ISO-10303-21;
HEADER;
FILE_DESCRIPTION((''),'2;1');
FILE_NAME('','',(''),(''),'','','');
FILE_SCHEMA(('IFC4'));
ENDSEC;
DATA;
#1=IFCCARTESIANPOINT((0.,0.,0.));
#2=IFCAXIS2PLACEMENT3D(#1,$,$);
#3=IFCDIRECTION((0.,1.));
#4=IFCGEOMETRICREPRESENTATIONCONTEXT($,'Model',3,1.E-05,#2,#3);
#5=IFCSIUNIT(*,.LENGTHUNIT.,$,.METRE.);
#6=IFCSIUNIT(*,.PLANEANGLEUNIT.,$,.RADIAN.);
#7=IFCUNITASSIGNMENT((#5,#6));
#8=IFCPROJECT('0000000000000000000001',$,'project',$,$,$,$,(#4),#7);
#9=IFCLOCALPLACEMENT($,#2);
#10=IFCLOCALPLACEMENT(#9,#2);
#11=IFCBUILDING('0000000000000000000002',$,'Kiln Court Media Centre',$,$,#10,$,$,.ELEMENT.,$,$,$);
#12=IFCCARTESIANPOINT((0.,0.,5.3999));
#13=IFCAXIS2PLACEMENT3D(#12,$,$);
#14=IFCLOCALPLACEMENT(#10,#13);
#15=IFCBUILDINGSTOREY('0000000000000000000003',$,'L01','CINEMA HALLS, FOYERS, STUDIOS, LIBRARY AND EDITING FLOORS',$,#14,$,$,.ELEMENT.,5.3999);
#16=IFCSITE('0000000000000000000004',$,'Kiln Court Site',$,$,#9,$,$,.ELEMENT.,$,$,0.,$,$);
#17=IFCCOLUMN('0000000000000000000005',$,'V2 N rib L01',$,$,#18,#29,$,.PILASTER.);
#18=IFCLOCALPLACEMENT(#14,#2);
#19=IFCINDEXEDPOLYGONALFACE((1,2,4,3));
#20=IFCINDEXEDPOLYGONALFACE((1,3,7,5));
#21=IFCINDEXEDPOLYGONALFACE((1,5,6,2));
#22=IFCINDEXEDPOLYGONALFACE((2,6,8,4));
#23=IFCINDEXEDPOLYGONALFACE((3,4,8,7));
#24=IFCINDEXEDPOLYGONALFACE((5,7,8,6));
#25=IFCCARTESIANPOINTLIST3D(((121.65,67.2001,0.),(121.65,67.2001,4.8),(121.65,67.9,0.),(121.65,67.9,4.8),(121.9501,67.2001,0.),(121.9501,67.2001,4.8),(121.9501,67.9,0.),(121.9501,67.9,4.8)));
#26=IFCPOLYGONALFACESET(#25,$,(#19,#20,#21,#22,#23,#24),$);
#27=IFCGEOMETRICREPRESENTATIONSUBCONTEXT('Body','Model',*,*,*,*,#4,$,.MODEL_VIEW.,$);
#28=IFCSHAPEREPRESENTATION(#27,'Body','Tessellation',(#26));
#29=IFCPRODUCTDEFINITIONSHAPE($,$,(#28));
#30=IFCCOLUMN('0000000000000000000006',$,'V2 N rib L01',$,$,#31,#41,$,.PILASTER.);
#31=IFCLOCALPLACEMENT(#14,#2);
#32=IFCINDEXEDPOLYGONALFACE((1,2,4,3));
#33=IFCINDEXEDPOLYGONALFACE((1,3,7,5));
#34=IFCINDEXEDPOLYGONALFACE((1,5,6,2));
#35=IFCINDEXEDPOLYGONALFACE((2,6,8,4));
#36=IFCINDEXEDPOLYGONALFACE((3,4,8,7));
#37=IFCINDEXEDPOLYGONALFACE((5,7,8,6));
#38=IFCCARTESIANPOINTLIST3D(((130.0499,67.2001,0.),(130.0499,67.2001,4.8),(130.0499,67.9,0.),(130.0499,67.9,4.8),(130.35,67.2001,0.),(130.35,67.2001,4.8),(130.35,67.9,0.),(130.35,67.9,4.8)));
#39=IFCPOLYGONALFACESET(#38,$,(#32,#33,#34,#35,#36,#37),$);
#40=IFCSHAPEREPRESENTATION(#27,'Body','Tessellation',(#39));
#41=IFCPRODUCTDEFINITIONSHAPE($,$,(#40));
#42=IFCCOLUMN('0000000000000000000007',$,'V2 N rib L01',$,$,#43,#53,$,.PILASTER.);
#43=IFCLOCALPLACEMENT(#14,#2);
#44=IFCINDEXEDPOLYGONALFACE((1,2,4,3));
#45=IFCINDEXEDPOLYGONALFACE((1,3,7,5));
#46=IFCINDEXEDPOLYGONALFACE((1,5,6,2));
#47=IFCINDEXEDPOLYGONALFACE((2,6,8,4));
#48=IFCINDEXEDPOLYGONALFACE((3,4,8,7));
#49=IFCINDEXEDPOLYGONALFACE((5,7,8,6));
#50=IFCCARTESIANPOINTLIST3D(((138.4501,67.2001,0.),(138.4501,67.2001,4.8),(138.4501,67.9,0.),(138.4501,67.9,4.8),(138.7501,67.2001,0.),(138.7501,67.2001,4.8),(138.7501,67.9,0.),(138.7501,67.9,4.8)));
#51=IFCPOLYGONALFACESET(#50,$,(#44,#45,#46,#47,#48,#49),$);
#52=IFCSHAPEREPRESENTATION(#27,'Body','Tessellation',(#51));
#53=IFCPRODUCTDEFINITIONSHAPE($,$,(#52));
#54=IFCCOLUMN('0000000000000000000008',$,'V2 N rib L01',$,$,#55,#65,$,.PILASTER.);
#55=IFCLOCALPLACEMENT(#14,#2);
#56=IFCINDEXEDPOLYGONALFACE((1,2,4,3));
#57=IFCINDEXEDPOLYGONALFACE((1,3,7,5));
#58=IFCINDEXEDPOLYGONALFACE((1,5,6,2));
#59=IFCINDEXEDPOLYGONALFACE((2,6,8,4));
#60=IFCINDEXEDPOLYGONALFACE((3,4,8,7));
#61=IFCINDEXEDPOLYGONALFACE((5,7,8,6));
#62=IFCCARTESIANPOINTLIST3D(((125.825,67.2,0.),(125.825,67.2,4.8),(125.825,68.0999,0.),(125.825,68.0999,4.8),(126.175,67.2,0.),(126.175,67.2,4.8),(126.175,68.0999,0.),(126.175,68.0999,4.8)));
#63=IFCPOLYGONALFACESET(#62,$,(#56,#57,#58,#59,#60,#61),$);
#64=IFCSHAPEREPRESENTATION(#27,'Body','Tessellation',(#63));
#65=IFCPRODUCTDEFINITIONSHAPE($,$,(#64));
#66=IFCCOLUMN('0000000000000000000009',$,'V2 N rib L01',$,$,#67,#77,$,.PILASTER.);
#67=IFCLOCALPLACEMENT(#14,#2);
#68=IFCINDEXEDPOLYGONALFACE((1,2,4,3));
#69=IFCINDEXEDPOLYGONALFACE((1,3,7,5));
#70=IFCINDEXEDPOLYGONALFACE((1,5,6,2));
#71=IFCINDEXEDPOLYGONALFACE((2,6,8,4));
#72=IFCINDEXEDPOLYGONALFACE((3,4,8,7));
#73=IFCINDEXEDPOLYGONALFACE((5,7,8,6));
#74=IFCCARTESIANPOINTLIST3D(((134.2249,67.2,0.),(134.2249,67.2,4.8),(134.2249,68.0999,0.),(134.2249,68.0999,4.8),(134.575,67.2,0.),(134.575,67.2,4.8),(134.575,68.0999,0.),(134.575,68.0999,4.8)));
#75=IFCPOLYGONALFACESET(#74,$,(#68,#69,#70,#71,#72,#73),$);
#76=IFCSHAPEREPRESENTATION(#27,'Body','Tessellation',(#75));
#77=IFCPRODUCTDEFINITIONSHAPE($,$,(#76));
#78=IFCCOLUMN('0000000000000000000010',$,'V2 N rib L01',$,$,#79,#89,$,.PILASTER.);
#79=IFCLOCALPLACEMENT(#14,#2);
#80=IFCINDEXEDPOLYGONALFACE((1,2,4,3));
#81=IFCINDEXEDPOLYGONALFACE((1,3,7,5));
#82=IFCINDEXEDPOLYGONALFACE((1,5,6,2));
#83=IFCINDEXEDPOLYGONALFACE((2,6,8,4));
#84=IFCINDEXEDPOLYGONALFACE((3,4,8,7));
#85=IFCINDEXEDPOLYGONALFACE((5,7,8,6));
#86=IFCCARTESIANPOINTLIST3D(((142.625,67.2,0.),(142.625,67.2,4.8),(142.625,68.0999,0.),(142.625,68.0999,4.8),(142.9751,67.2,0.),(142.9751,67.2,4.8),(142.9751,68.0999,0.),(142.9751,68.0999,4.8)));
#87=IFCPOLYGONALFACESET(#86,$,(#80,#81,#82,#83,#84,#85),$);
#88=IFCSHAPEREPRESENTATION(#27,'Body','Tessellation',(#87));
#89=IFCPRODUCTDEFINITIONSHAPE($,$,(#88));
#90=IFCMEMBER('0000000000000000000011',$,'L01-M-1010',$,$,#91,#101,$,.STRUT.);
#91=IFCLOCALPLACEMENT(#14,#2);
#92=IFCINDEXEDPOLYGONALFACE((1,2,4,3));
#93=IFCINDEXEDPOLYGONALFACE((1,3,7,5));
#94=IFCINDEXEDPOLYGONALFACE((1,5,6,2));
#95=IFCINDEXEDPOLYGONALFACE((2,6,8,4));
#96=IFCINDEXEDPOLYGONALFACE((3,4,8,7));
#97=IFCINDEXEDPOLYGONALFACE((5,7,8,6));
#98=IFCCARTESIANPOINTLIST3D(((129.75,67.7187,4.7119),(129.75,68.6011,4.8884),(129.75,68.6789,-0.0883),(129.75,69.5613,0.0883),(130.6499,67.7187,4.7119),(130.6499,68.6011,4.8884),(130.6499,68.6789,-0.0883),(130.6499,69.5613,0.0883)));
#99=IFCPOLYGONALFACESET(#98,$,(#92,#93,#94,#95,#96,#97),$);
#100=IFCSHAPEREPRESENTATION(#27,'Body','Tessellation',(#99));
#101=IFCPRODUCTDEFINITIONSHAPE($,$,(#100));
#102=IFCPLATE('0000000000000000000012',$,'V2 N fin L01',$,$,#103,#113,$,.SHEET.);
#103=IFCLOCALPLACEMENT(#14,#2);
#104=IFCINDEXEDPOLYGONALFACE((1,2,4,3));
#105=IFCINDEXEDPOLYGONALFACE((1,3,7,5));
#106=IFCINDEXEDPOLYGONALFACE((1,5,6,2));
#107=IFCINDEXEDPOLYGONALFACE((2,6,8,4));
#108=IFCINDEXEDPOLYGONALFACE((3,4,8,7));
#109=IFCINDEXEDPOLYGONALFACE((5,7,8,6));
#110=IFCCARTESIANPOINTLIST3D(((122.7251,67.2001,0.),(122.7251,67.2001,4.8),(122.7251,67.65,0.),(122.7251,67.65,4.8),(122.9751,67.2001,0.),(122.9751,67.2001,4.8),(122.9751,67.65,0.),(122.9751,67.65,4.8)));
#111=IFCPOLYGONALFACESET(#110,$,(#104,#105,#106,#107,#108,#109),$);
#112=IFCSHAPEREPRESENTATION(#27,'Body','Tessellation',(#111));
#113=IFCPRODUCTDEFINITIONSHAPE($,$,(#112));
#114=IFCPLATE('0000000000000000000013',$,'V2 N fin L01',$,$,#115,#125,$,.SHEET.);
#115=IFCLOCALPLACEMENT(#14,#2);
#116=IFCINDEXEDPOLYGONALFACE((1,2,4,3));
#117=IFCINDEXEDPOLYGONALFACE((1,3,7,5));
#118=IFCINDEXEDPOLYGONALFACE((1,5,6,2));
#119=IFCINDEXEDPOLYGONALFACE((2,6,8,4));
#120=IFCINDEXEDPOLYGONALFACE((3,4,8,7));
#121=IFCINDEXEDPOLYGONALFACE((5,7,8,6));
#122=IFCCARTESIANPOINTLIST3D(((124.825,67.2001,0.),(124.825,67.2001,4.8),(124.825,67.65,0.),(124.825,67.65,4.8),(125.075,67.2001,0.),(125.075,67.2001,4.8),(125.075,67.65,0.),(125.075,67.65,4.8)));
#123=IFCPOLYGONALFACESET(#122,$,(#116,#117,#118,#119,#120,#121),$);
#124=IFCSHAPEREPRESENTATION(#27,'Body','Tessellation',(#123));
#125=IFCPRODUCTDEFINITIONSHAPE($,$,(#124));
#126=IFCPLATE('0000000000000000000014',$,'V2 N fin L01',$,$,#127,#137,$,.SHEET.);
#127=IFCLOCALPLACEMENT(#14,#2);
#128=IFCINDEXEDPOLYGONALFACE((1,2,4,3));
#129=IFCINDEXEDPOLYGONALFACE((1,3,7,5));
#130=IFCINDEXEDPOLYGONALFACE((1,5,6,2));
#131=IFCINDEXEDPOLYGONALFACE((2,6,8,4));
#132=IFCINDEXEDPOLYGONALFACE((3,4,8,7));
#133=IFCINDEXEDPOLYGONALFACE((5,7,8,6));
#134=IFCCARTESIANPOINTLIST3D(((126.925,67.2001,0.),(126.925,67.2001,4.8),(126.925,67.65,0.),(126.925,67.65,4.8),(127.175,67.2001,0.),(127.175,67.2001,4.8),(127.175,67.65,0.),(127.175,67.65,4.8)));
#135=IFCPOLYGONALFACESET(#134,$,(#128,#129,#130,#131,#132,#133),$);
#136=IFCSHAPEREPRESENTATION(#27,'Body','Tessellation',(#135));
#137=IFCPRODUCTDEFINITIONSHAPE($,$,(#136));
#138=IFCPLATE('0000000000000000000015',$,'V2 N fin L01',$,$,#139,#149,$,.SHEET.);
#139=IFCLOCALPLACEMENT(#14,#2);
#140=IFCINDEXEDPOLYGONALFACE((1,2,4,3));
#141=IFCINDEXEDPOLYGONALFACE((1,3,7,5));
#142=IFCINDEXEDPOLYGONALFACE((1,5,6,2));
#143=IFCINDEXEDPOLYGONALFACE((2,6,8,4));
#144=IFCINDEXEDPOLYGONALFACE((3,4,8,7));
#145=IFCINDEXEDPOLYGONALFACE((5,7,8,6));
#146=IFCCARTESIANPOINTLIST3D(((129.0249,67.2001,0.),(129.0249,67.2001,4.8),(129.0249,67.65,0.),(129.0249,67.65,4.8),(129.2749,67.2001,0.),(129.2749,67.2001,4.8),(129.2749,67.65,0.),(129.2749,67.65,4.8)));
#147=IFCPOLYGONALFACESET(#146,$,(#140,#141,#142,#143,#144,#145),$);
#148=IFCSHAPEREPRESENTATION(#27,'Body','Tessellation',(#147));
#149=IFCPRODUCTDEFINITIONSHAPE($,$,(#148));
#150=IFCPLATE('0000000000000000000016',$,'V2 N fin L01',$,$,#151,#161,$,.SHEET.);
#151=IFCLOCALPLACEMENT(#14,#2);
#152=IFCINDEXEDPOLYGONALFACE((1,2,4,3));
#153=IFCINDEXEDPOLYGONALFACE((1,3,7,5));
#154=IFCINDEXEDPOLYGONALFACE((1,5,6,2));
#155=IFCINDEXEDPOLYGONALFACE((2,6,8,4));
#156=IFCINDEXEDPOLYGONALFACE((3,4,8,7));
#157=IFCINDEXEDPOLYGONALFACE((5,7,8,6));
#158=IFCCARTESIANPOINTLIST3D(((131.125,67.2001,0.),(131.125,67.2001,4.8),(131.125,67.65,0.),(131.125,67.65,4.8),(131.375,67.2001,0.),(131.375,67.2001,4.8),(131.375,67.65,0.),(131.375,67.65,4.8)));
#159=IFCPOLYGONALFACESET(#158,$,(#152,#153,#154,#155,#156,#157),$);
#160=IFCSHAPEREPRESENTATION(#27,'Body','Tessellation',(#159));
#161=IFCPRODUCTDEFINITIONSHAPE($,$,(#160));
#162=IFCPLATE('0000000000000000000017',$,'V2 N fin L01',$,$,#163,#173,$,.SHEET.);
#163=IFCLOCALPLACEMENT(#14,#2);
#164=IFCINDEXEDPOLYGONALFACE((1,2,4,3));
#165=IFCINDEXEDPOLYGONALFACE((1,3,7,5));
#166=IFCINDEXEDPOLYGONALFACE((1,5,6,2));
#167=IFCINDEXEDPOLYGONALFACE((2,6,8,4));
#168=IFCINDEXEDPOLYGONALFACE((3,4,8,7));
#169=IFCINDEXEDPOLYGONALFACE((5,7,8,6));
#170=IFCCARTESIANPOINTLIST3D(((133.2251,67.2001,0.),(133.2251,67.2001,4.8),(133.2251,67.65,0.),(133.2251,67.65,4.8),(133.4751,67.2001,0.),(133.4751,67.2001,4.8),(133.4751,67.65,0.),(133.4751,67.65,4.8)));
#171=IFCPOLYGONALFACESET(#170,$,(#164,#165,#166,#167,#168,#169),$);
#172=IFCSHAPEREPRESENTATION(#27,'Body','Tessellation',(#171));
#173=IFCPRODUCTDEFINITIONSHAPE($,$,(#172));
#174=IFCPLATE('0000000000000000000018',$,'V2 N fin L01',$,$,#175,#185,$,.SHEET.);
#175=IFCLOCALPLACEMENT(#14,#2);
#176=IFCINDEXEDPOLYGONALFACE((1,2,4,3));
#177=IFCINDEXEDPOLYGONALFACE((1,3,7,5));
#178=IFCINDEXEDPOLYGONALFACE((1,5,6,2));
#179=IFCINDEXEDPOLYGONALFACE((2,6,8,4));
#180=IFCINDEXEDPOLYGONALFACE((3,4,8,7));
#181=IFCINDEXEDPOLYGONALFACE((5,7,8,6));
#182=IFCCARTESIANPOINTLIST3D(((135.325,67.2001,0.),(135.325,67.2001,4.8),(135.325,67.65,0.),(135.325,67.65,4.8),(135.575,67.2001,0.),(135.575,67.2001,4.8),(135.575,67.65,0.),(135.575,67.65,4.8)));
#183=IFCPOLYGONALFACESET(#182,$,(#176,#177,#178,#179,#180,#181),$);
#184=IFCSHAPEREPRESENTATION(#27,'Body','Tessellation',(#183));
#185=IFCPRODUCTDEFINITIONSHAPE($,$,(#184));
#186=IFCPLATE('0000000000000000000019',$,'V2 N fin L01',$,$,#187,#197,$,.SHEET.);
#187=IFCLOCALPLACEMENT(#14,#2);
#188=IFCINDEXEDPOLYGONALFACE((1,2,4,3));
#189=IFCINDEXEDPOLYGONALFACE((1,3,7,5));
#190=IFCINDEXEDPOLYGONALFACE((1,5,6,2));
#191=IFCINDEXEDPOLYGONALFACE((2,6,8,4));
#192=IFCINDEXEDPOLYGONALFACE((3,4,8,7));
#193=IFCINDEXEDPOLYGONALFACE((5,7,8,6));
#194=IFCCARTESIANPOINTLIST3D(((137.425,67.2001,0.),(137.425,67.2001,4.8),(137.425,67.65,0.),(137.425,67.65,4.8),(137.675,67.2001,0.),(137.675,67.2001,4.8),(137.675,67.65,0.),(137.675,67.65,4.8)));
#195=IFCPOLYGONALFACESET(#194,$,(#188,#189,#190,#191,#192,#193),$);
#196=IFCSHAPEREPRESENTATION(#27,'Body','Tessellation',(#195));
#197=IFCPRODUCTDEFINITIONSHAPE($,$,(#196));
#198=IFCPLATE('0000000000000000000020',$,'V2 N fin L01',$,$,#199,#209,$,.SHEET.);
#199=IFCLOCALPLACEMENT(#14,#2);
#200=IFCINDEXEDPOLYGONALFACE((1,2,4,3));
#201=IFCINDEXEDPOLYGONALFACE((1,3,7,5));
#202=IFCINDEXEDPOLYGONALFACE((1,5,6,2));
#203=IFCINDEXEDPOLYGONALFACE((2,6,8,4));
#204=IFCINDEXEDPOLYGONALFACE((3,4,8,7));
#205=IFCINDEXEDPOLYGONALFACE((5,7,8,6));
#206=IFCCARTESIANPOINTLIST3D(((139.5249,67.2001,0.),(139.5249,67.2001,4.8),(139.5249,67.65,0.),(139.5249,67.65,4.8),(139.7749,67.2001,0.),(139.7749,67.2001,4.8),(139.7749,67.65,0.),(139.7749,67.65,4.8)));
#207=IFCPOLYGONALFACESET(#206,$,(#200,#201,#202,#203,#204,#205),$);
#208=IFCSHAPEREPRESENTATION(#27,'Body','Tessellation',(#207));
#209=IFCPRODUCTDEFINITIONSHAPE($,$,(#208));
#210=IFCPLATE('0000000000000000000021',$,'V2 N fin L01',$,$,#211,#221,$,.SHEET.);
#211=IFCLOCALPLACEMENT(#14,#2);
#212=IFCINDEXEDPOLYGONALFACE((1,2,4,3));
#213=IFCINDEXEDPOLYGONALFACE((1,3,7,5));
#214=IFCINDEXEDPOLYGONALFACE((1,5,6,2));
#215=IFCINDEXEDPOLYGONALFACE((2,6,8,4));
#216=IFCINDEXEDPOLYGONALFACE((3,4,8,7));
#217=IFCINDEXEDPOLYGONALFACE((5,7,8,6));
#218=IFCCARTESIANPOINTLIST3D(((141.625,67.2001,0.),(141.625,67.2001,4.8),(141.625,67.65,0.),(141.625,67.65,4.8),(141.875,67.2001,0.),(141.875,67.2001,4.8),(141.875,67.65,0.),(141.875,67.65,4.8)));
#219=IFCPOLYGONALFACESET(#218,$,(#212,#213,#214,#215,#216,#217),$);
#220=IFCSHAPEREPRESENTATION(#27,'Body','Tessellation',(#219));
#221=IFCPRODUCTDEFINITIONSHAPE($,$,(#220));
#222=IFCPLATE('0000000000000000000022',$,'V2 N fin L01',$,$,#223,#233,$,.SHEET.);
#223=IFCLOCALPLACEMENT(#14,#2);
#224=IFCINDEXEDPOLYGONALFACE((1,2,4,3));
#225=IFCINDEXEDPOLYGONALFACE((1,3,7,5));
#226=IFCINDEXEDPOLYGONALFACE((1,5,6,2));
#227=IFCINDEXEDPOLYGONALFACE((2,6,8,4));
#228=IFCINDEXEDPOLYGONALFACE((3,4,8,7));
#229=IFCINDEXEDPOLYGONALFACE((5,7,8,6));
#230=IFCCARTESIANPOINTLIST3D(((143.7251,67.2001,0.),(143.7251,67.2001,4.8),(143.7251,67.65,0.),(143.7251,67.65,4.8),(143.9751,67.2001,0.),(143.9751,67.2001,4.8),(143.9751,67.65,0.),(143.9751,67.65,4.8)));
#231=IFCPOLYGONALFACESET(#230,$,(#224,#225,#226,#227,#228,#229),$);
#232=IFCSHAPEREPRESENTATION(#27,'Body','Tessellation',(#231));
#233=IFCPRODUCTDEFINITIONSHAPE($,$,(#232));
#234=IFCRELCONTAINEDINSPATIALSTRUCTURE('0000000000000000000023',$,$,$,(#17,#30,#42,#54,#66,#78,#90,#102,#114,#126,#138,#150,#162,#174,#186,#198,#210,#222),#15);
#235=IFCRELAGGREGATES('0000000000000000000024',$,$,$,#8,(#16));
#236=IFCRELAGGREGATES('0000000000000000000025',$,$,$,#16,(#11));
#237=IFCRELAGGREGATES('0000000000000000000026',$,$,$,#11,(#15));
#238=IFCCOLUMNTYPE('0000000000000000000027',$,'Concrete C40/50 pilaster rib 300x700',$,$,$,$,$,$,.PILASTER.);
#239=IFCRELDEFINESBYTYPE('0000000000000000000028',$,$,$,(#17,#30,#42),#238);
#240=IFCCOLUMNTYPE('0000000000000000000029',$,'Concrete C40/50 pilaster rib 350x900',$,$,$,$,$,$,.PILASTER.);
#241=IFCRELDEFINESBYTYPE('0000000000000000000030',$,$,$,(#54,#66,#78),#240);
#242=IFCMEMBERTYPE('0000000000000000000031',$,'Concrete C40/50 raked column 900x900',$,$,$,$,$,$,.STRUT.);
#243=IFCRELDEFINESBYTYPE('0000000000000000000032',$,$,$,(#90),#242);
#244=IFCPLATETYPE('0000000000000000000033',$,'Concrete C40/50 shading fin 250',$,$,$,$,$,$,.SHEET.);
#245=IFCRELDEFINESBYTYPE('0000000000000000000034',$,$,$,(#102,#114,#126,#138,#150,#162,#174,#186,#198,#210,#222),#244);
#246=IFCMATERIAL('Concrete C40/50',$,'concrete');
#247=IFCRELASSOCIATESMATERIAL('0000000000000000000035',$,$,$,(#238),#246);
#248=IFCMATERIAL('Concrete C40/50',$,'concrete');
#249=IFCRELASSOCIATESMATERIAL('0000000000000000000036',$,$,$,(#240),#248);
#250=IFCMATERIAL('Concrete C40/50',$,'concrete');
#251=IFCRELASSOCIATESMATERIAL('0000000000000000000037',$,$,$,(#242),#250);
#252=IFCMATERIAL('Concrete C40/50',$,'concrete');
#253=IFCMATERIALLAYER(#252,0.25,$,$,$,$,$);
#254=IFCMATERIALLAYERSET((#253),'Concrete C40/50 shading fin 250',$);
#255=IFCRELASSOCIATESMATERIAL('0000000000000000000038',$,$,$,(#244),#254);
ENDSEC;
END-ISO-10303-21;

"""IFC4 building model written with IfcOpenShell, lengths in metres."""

from ifc_helpers import new_model, si_unit, direction, frame, origin, origin_2d, place, context, subcontext, project, spatial, rectangle, extrude, material, layer, layer_set, material_profile, profile_set, type_object, element, save


model = new_model("IFC4")

# Units and contexts
model_context = context("Model", 3, precision=1e-05, world=origin(), true_north=direction((0.0, 1.0)))
body_context = subcontext(model_context, "Body", "Model", "MODEL_VIEW")
ifc_project = project(units=[si_unit("LENGTHUNIT", "METRE"), si_unit("PLANEANGLEUNIT", "RADIAN")], contexts=[model_context])

# Site, building, storey
site_placement = place(None, origin())
site = spatial("IfcSite", under=ifc_project, at=site_placement, Name="Kiln Court Site", CompositionType="ELEMENT", RefElevation=0.0)
building_placement = place(site_placement, origin())
building = spatial("IfcBuilding", under=site, at=building_placement, Name="Kiln Court Media Centre", CompositionType="ELEMENT")
storey_placement = place(building_placement, frame((0.0, 0.0, 5.3999)))
storey = spatial("IfcBuildingStorey", under=building, at=storey_placement, Name="L01", Description="CINEMA HALLS, FOYERS, STUDIOS, LIBRARY AND EDITING FLOORS", CompositionType="ELEMENT", Elevation=5.3999)

# Columns
ifc_material_1 = material(Name="Concrete C40/50", Category="concrete")
ifc_material_profile_1 = material_profile(ifc_material_1, rectangle(XDim=0.3, YDim=0.7, at=origin_2d()), Name="RC 300x700")
ifc_profile_set_1 = profile_set([ifc_material_profile_1], Name="Concrete C40/50")
column_type_1 = type_object("IfcColumnType", Name="Concrete C40/50 pilaster rib 300x700", PredefinedType="PILASTER", material=ifc_profile_set_1)
for number, where, z_axis, x_axis, name in (
    (1, (121.8, 67.55, 0.0), (0.0, 0.0, 1.0), (1.0, 0.0, 0.0), "V2 N rib L01"),
    (2, (130.2, 67.55, 0.0), (0.0, 0.0, 1.0), (1.0, 0.0, 0.0), "V2 N rib L01"),
    (3, (138.6001, 67.55, 0.0), (0.0, 0.0, 1.0), (1.0, 0.0, 0.0), "V2 N rib L01"),
):
    element("IfcColumn", number, at=place(storey_placement, frame(where, z_axis=z_axis, x_axis=x_axis)), inside=storey, type_object=column_type_1, Name=name, PredefinedType="PILASTER", context=body_context, shape_type="SweptSolid", body=[
        extrude(rectangle(XDim=0.3, YDim=0.7, at=origin_2d()), origin(), (0.0, 0.0, 1.0), 4.8),
    ])
ifc_material_2 = material(Name="Concrete C40/50", Category="concrete")
ifc_material_profile_2 = material_profile(ifc_material_2, rectangle(XDim=0.3501, YDim=0.8999, at=origin_2d()), Name="RC 350x900")
ifc_profile_set_2 = profile_set([ifc_material_profile_2], Name="Concrete C40/50")
column_type_2 = type_object("IfcColumnType", Name="Concrete C40/50 pilaster rib 350x900", PredefinedType="PILASTER", material=ifc_profile_set_2)
for number, where, z_axis, x_axis, name in (
    (4, (126.0, 67.6499, 0.0), (0.0, 0.0, 1.0), (1.0, 0.0, 0.0), "V2 N rib L01"),
    (5, (134.3999, 67.6499, 0.0), (0.0, 0.0, 1.0), (1.0, 0.0, 0.0), "V2 N rib L01"),
    (6, (142.8, 67.6499, 0.0), (0.0, 0.0, 1.0), (1.0, 0.0, 0.0), "V2 N rib L01"),
):
    element("IfcColumn", number, at=place(storey_placement, frame(where, z_axis=z_axis, x_axis=x_axis)), inside=storey, type_object=column_type_2, Name=name, PredefinedType="PILASTER", context=body_context, shape_type="SweptSolid", body=[
        extrude(rectangle(XDim=0.3501, YDim=0.8999, at=origin_2d()), origin(), (0.0, 0.0, 1.0), 4.8),
    ])

# Member
ifc_material_3 = material(Name="Concrete C40/50", Category="concrete")
ifc_material_profile_3 = material_profile(ifc_material_3, rectangle(XDim=0.8999, YDim=0.8999, at=origin_2d()), Name="RC 900x900")
ifc_profile_set_3 = profile_set([ifc_material_profile_3], Name="Concrete C40/50")
member_type = type_object("IfcMemberType", Name="Concrete C40/50 raked column 900x900", PredefinedType="STRUT", material=ifc_profile_set_3)
member_placement = place(storey_placement, frame((130.2, 69.1201, 0.0), z_axis=(0.0, -0.196154, 0.980573), x_axis=(1.0, 0.0, 0.0)))
element("IfcMember", 7, at=member_placement, inside=storey, type_object=member_type, Name="L01-M-1010", PredefinedType="STRUT", context=body_context, shape_type="SweptSolid", body=[
    extrude(rectangle(XDim=0.8999, YDim=0.8999, at=origin_2d()), origin(), (0.0, 0.0, 1.0), 4.8953),
])

# Plates
ifc_material_4 = material(Name="Concrete C40/50", Category="concrete")
ifc_layer_1 = layer(ifc_material_4, 0.25)
ifc_layer_set_1 = layer_set([ifc_layer_1], Name="Concrete C40/50 shading fin 250")
plate_type = type_object("IfcPlateType", Name="Concrete C40/50 shading fin 250", PredefinedType="SHEET", material=ifc_layer_set_1)
for number, where, z_axis, x_axis, name in (
    (8, (122.8501, 67.425, 0.0), (0.0, 0.0, 1.0), (1.0, 0.0, 0.0), "V2 N fin L01"),
    (9, (124.95, 67.425, 0.0), (0.0, 0.0, 1.0), (1.0, 0.0, 0.0), "V2 N fin L01"),
    (10, (127.05, 67.425, 0.0), (0.0, 0.0, 1.0), (1.0, 0.0, 0.0), "V2 N fin L01"),
    (11, (129.1499, 67.425, 0.0), (0.0, 0.0, 1.0), (1.0, 0.0, 0.0), "V2 N fin L01"),
    (12, (131.25, 67.425, 0.0), (0.0, 0.0, 1.0), (1.0, 0.0, 0.0), "V2 N fin L01"),
    (13, (133.3501, 67.425, 0.0), (0.0, 0.0, 1.0), (1.0, 0.0, 0.0), "V2 N fin L01"),
    (14, (135.45, 67.425, 0.0), (0.0, 0.0, 1.0), (1.0, 0.0, 0.0), "V2 N fin L01"),
    (15, (137.55, 67.425, 0.0), (0.0, 0.0, 1.0), (1.0, 0.0, 0.0), "V2 N fin L01"),
    (16, (139.6499, 67.425, 0.0), (0.0, 0.0, 1.0), (1.0, 0.0, 0.0), "V2 N fin L01"),
    (17, (141.75, 67.425, 0.0), (0.0, 0.0, 1.0), (1.0, 0.0, 0.0), "V2 N fin L01"),
    (18, (143.8501, 67.425, 0.0), (0.0, 0.0, 1.0), (1.0, 0.0, 0.0), "V2 N fin L01"),
):
    element("IfcPlate", number, at=place(storey_placement, frame(where, z_axis=z_axis, x_axis=x_axis)), inside=storey, type_object=plate_type, Name=name, PredefinedType="SHEET", context=body_context, shape_type="SweptSolid", body=[
        extrude(rectangle(XDim=0.25, YDim=0.45, at=origin_2d()), origin(), (0.0, 0.0, 1.0), 4.8),
    ])

save(model, "model.ifc")
